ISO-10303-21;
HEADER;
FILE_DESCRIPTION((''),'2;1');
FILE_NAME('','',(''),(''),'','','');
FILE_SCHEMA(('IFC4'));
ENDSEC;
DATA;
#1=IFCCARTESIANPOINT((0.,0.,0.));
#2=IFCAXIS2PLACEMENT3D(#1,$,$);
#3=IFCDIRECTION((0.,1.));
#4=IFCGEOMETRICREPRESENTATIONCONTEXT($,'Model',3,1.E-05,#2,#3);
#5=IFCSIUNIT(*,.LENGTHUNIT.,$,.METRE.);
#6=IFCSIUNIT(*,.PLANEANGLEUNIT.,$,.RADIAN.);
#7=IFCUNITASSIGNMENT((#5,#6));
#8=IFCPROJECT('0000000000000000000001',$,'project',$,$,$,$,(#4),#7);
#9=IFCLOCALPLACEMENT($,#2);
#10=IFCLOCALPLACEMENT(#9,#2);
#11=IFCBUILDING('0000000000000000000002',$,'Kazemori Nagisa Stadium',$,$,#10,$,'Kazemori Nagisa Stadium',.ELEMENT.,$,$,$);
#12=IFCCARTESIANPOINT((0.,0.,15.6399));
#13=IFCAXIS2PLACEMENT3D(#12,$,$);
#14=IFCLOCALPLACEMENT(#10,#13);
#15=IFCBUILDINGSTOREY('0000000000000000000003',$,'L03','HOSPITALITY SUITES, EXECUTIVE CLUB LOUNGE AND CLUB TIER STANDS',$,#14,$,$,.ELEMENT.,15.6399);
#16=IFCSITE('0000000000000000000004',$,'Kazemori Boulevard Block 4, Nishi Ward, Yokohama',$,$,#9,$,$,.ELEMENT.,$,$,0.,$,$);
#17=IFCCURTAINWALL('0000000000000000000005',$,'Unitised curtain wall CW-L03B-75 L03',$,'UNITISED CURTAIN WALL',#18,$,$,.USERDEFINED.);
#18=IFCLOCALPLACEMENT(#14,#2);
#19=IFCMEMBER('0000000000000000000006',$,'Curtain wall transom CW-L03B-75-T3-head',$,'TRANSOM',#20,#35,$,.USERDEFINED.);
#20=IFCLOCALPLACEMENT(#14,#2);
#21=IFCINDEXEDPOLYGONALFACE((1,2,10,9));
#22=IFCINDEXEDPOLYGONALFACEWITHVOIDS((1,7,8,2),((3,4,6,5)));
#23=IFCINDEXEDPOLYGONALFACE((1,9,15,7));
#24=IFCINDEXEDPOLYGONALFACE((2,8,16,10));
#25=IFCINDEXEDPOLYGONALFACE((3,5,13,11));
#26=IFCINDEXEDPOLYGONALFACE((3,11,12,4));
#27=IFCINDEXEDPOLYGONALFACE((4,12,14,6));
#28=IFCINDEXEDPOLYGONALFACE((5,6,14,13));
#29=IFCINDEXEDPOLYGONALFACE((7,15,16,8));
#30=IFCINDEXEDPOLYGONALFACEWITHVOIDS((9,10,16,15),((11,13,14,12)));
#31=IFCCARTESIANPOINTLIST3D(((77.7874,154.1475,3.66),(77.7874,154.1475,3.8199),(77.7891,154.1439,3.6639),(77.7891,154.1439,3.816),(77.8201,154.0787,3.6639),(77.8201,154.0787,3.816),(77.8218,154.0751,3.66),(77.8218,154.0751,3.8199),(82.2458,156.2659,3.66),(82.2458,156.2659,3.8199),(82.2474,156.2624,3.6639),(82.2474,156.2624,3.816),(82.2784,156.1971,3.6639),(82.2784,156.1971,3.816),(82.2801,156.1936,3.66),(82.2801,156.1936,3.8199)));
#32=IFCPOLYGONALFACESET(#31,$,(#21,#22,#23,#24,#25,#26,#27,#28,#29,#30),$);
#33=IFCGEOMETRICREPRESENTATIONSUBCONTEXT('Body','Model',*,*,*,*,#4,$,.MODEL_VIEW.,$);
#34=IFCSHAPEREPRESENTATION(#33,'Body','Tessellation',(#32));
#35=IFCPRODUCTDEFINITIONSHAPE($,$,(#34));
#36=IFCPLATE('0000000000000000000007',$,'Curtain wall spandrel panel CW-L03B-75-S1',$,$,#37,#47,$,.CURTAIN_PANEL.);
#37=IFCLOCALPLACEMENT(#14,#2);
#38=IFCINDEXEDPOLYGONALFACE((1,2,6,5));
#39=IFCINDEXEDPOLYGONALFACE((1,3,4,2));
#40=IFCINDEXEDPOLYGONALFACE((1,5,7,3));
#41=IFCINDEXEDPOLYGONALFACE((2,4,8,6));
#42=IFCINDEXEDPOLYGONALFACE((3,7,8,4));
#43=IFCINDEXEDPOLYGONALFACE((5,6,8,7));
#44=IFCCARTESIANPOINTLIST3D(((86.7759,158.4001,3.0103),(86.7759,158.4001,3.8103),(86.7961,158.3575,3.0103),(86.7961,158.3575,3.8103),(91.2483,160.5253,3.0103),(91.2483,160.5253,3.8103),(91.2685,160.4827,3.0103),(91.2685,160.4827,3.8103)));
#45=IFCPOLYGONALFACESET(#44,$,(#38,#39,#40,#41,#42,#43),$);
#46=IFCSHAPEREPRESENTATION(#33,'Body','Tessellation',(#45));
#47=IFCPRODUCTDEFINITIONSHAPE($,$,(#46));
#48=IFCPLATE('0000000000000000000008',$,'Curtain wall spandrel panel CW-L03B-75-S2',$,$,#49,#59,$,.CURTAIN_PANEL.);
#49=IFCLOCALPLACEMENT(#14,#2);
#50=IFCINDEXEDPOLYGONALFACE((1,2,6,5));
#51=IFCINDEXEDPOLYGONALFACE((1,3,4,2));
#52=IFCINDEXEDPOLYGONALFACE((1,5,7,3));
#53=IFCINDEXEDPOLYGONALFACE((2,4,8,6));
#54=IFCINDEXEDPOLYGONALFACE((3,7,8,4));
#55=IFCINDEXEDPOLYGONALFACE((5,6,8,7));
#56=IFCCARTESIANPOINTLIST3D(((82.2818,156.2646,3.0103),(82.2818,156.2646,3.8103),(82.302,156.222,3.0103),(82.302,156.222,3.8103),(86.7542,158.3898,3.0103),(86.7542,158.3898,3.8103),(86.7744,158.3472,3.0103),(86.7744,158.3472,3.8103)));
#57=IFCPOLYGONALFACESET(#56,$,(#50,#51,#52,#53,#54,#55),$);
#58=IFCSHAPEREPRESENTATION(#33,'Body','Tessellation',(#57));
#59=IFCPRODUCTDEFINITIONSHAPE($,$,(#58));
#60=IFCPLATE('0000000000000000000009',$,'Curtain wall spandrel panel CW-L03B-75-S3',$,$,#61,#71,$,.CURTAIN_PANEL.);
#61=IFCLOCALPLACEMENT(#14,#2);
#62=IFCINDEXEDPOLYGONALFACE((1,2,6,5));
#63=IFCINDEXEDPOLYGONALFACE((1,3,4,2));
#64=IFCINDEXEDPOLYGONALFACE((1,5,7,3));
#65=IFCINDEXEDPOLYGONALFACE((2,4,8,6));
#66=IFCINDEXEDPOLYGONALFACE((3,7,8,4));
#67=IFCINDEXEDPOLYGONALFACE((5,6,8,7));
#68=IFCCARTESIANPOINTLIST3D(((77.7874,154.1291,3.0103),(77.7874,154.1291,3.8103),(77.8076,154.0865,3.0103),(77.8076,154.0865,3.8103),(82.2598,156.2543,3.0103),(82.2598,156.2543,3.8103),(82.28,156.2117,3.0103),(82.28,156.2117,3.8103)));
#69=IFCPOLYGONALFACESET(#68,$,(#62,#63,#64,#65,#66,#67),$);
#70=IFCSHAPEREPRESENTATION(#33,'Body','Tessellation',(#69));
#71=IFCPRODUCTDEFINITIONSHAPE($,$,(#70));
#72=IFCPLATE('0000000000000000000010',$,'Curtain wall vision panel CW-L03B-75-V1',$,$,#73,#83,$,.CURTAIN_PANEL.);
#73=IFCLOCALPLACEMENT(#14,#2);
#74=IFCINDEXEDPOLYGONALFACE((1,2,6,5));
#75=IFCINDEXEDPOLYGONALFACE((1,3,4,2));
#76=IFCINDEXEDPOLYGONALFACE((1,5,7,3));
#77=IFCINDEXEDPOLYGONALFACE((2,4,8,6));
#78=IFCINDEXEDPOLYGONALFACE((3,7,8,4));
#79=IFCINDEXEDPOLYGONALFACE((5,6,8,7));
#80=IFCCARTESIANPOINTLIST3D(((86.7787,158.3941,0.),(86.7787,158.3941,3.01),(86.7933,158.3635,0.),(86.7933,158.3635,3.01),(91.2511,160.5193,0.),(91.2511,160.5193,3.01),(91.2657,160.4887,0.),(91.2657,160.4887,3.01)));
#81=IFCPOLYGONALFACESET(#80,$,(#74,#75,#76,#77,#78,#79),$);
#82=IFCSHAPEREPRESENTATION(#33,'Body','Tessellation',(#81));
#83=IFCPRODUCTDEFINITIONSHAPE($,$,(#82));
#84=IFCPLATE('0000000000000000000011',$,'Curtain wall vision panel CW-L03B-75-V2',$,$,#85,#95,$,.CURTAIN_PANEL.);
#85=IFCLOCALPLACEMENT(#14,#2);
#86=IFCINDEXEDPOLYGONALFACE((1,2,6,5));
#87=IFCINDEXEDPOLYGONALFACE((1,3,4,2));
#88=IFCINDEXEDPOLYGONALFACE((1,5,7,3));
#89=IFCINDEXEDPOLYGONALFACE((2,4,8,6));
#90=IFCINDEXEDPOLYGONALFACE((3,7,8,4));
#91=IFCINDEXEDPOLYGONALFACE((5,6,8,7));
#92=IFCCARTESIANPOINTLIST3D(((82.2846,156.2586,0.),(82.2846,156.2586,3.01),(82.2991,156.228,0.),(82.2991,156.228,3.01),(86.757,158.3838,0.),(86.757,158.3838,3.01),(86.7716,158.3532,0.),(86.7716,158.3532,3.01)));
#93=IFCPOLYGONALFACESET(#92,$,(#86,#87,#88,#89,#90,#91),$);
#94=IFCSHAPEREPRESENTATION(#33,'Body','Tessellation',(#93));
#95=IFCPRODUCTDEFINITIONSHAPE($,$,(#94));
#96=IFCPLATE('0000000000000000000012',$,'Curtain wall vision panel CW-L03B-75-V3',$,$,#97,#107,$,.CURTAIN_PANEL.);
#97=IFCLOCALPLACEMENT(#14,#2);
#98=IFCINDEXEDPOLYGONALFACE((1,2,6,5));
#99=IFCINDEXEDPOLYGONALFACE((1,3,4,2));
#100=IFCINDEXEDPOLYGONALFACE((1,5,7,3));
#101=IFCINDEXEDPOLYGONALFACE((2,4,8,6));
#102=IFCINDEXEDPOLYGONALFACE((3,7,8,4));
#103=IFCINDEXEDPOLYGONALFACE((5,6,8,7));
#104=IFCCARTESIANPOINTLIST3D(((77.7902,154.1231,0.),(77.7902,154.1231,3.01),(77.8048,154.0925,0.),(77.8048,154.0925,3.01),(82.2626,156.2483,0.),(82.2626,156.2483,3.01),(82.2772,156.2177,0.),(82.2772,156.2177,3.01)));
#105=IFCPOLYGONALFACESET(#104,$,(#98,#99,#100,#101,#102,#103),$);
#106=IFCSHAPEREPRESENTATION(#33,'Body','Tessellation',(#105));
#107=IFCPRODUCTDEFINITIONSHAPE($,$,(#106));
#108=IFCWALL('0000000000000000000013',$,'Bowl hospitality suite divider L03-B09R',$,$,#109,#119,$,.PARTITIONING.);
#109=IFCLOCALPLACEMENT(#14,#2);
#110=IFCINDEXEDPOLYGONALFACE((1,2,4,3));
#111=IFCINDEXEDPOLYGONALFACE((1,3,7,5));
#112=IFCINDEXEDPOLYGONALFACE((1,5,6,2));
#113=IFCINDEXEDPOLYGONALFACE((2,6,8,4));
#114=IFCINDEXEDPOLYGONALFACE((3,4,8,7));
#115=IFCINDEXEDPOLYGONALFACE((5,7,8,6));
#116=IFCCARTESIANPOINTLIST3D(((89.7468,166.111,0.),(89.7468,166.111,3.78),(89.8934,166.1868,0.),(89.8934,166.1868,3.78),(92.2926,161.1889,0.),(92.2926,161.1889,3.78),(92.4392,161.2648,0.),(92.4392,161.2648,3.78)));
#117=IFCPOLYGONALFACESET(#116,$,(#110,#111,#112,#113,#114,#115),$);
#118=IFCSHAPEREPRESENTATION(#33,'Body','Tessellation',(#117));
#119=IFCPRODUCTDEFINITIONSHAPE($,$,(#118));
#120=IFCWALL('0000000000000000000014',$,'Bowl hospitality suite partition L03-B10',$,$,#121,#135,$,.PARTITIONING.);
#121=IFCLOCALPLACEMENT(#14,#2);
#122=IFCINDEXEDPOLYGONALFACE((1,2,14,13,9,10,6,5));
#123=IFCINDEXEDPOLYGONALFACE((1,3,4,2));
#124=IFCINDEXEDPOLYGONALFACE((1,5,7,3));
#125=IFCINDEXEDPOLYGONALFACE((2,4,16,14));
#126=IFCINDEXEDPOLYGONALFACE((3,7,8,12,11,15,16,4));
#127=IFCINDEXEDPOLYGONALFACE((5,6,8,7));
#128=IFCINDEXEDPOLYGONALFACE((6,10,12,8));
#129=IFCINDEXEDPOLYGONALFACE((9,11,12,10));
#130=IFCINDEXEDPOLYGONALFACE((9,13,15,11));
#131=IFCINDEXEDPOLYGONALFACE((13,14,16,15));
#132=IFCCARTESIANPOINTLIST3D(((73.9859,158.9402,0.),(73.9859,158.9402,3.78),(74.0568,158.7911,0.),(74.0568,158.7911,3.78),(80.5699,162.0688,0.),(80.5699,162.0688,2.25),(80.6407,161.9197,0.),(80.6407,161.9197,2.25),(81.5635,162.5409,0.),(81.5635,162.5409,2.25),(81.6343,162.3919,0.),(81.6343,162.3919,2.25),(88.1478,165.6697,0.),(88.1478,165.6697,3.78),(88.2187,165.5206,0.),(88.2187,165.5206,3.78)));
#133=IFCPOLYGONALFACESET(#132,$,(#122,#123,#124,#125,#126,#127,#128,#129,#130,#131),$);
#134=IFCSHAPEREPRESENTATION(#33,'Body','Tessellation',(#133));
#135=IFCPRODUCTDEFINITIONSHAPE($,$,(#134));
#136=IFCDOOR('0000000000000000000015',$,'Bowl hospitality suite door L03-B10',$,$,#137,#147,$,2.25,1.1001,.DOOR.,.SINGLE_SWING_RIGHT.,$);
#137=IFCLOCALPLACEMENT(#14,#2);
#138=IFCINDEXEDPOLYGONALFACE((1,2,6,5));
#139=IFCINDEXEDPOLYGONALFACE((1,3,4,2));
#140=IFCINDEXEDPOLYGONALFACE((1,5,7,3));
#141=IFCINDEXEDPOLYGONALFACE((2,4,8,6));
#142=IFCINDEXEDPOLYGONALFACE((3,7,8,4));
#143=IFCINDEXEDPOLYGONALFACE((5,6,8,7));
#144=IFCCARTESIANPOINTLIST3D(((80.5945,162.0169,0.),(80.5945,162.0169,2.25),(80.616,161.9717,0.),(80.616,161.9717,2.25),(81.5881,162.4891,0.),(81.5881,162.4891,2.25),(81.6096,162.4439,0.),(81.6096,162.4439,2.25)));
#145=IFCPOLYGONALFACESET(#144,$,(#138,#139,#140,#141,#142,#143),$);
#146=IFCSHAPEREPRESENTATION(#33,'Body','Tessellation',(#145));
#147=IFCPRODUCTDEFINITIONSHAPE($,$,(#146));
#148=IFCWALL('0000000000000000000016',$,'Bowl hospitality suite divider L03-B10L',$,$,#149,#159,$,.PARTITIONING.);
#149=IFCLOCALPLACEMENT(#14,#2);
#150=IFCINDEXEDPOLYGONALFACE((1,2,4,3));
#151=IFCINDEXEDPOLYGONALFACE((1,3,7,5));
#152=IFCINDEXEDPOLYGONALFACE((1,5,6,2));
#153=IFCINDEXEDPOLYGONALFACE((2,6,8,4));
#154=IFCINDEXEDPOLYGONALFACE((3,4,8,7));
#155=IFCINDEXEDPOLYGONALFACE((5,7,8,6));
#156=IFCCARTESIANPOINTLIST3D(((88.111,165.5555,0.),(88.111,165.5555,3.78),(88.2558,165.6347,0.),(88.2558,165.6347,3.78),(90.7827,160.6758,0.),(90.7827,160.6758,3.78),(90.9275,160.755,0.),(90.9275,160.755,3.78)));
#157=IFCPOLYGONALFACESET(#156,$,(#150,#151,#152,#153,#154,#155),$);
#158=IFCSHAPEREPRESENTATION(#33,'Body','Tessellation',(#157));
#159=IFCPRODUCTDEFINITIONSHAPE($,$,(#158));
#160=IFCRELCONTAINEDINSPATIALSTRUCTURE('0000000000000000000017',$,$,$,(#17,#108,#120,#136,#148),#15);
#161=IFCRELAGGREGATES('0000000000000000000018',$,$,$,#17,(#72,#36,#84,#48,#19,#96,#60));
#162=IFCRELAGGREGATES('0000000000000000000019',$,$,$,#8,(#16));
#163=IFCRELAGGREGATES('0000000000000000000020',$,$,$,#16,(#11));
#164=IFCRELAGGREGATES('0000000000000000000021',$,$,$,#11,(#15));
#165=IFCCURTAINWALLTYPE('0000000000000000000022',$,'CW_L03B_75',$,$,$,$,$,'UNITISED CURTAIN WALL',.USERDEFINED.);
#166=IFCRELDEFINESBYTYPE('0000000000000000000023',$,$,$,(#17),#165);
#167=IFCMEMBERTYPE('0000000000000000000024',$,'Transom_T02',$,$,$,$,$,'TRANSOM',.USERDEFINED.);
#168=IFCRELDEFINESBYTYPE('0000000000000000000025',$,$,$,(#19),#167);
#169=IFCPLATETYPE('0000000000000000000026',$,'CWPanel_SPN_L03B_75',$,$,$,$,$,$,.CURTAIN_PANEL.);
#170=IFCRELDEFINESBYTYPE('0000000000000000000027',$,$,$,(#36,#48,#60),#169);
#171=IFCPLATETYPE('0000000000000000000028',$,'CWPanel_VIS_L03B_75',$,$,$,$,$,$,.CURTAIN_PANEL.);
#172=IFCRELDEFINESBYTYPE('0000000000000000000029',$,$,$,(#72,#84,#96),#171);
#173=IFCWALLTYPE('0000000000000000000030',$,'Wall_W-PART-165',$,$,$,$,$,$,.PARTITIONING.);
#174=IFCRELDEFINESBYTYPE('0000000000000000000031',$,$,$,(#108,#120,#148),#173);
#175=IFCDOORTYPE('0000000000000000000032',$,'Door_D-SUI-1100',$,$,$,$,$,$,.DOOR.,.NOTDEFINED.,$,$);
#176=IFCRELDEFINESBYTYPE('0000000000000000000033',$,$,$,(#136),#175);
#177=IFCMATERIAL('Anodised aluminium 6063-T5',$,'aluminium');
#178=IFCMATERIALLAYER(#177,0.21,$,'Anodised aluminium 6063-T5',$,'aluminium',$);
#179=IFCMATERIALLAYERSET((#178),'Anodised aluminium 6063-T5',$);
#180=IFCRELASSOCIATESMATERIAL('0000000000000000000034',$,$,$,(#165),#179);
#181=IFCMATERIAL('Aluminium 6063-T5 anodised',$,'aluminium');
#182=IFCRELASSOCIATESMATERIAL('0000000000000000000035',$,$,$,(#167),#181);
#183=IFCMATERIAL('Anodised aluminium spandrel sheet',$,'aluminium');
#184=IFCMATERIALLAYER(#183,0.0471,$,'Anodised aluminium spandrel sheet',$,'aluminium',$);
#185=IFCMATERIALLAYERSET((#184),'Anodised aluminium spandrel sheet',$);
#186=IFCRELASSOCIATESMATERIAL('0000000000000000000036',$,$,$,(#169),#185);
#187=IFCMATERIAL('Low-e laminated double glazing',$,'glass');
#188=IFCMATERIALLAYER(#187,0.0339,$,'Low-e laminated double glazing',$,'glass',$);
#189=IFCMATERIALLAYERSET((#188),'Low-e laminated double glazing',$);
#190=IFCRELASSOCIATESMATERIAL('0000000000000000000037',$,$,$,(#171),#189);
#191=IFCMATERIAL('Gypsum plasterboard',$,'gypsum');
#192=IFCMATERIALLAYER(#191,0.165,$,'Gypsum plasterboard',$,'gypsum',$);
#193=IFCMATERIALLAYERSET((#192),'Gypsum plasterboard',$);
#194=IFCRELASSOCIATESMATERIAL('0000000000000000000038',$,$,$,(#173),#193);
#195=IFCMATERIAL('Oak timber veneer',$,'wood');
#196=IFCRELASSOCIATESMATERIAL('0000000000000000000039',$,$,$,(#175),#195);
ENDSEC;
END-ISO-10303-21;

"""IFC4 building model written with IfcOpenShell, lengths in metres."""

from ifc_helpers import new_model, si_unit, direction, frame, frame_2d, origin, origin_2d, place, context, subcontext, project, spatial, rectangle, hollow_rectangle, extrude, material, layer, layer_set, material_profile, profile_set, type_object, element, fill, aggregate, save


model = new_model("IFC4")

# Units and contexts
model_context = context("Model", 3, precision=1e-05, world=origin(), true_north=direction((0.0, 1.0)))
body_context = subcontext(model_context, "Body", "Model", "MODEL_VIEW")
ifc_project = project(units=[si_unit("LENGTHUNIT", "METRE"), si_unit("PLANEANGLEUNIT", "RADIAN")], contexts=[model_context])

# Site, building, storey
site_placement = place(None, origin())
site = spatial("IfcSite", under=ifc_project, at=site_placement, Name="Kazemori Boulevard Block 4, Nishi Ward, Yokohama", CompositionType="ELEMENT", RefElevation=0.0)
building_placement = place(site_placement, origin())
building = spatial("IfcBuilding", under=site, at=building_placement, Name="Kazemori Nagisa Stadium", LongName="Kazemori Nagisa Stadium", CompositionType="ELEMENT")
storey_placement = place(building_placement, frame((0.0, 0.0, 15.6399)))
storey = spatial("IfcBuildingStorey", under=building, at=storey_placement, Name="L03", Description="HOSPITALITY SUITES, EXECUTIVE CLUB LOUNGE AND CLUB TIER STANDS", CompositionType="ELEMENT", Elevation=15.6399)

# Curtain wall, member, plates
ifc_material_1 = material(Name="Anodised aluminium 6063-T5", Category="aluminium")
ifc_layer_1 = layer(ifc_material_1, 0.21, Name="Anodised aluminium 6063-T5", Category="aluminium")
ifc_layer_set_1 = layer_set([ifc_layer_1], Name="Anodised aluminium 6063-T5")
curtain_wall_type = type_object("IfcCurtainWallType", Name="CW_L03B_75", ElementType="UNITISED CURTAIN WALL", PredefinedType="USERDEFINED", material=ifc_layer_set_1)
curtain_wall_placement = place(storey_placement, origin())
curtain_wall = element("IfcCurtainWall", 1, at=curtain_wall_placement, inside=storey, type_object=curtain_wall_type, Name="Unitised curtain wall CW-L03B-75 L03", ObjectType="UNITISED CURTAIN WALL", PredefinedType="USERDEFINED")
ifc_material_2 = material(Name="Aluminium 6063-T5 anodised", Category="aluminium")
ifc_material_profile_1 = material_profile(ifc_material_2, hollow_rectangle(XDim=0.0801, YDim=0.1599, WallThickness=0.0039, at=origin_2d()), Name="ALU-TRAN-80x160x4")
ifc_profile_set_1 = profile_set([ifc_material_profile_1], Name="Aluminium 6063-T5 anodised")
member_type_1 = type_object("IfcMemberType", Name="Transom_T02", ElementType="TRANSOM", PredefinedType="USERDEFINED", material=ifc_profile_set_1)
member_1_placement = place(storey_placement, frame((82.2629, 156.2297, 3.74), z_axis=(-0.90322, -0.429179, 0.0), x_axis=(0.429179, -0.90322, 0.0)))
member_1 = element("IfcMember", 2, at=member_1_placement, type_object=member_type_1, Name="Curtain wall transom CW-L03B-75-T3-head", ObjectType="TRANSOM", PredefinedType="USERDEFINED", context=body_context, shape_type="SweptSolid", body=[
    extrude(hollow_rectangle(XDim=0.0801, YDim=0.1599, WallThickness=0.0039, at=origin_2d()), origin(), (0.0, 0.0, 1.0), 4.936),
])
ifc_material_3 = material(Name="Anodised aluminium spandrel sheet", Category="aluminium")
ifc_layer_2 = layer(ifc_material_3, 0.0471, Name="Anodised aluminium spandrel sheet", Category="aluminium")
ifc_layer_set_2 = layer_set([ifc_layer_2], Name="Anodised aluminium spandrel sheet")
plate_type_1 = type_object("IfcPlateType", Name="CWPanel_SPN_L03B_75", PredefinedType="CURTAIN_PANEL", material=ifc_layer_set_2)
plate_1_placement = place(storey_placement, frame((89.0222, 159.4414, 3.0103), z_axis=(0.0, 0.0, 1.0), x_axis=(-0.903216, -0.429186, 0.0)))
plate_1 = element("IfcPlate", 3, at=plate_1_placement, type_object=plate_type_1, Name="Curtain wall spandrel panel CW-L03B-75-S1", PredefinedType="CURTAIN_PANEL", context=body_context, shape_type="SweptSolid", body=[
    extrude(rectangle(XDim=4.9517, YDim=0.0471, at=origin_2d()), origin(), (0.0, 0.0, 1.0), 0.8),
])
plate_2_placement = place(storey_placement, frame((84.5281, 157.3059, 3.0103), z_axis=(0.0, 0.0, 1.0), x_axis=(-0.903216, -0.429186, 0.0)))
plate_2 = element("IfcPlate", 4, at=plate_2_placement, type_object=plate_type_1, Name="Curtain wall spandrel panel CW-L03B-75-S2", PredefinedType="CURTAIN_PANEL", context=body_context, shape_type="SweptSolid", body=[
    extrude(rectangle(XDim=4.9517, YDim=0.0471, at=origin_2d()), origin(), (0.0, 0.0, 1.0), 0.8),
])
plate_3_placement = place(storey_placement, frame((80.0337, 155.1704, 3.0103), z_axis=(0.0, 0.0, 1.0), x_axis=(-0.903216, -0.429186, 0.0)))
plate_3 = element("IfcPlate", 5, at=plate_3_placement, type_object=plate_type_1, Name="Curtain wall spandrel panel CW-L03B-75-S3", PredefinedType="CURTAIN_PANEL", context=body_context, shape_type="SweptSolid", body=[
    extrude(rectangle(XDim=4.9517, YDim=0.0471, at=origin_2d()), origin(), (0.0, 0.0, 1.0), 0.8),
])
ifc_material_4 = material(Name="Low-e laminated double glazing", Category="glass")
ifc_layer_3 = layer(ifc_material_4, 0.0339, Name="Low-e laminated double glazing", Category="glass")
ifc_layer_set_3 = layer_set([ifc_layer_3], Name="Low-e laminated double glazing")
plate_type_2 = type_object("IfcPlateType", Name="CWPanel_VIS_L03B_75", PredefinedType="CURTAIN_PANEL", material=ifc_layer_set_3)
plate_4_placement = place(storey_placement, frame((89.0222, 159.4414, 0.0), z_axis=(0.0, 0.0, 1.0), x_axis=(-0.903216, -0.429186, 0.0)))
plate_4 = element("IfcPlate", 6, at=plate_4_placement, type_object=plate_type_2, Name="Curtain wall vision panel CW-L03B-75-V1", PredefinedType="CURTAIN_PANEL", context=body_context, shape_type="SweptSolid", body=[
    extrude(rectangle(XDim=4.9517, YDim=0.0339, at=origin_2d()), origin(), (0.0, 0.0, 1.0), 3.01),
])
plate_5_placement = place(storey_placement, frame((84.5281, 157.3059, 0.0), z_axis=(0.0, 0.0, 1.0), x_axis=(-0.903216, -0.429186, 0.0)))
plate_5 = element("IfcPlate", 7, at=plate_5_placement, type_object=plate_type_2, Name="Curtain wall vision panel CW-L03B-75-V2", PredefinedType="CURTAIN_PANEL", context=body_context, shape_type="SweptSolid", body=[
    extrude(rectangle(XDim=4.9517, YDim=0.0339, at=origin_2d()), origin(), (0.0, 0.0, 1.0), 3.01),
])
plate_6_placement = place(storey_placement, frame((80.0337, 155.1704, 0.0), z_axis=(0.0, 0.0, 1.0), x_axis=(-0.903216, -0.429186, 0.0)))
plate_6 = element("IfcPlate", 8, at=plate_6_placement, type_object=plate_type_2, Name="Curtain wall vision panel CW-L03B-75-V3", PredefinedType="CURTAIN_PANEL", context=body_context, shape_type="SweptSolid", body=[
    extrude(rectangle(XDim=4.9517, YDim=0.0339, at=origin_2d()), origin(), (0.0, 0.0, 1.0), 3.01),
])
aggregate(curtain_wall, [plate_4, plate_1, plate_5, plate_2, member_1, plate_6, plate_3])

# Wall
ifc_material_5 = material(Name="Gypsum plasterboard", Category="gypsum")
ifc_layer_4 = layer(ifc_material_5, 0.165, Name="Gypsum plasterboard", Category="gypsum")
ifc_layer_set_4 = layer_set([ifc_layer_4], Name="Gypsum plasterboard")
wall_type = type_object("IfcWallType", Name="Wall_W-PART-165", PredefinedType="PARTITIONING", material=ifc_layer_set_4)
wall_1_placement = place(storey_placement, frame((89.8201, 166.1489, 0.0), z_axis=(0.0, 0.0, 1.0), x_axis=(0.459419, -0.88822, 0.0)))
element("IfcWall", 9, at=wall_1_placement, inside=storey, type_object=wall_type, Name="Bowl hospitality suite divider L03-B09R", PredefinedType="PARTITIONING", context=body_context, shape_type="SweptSolid", body=[
    extrude(rectangle(XDim=5.5415, YDim=0.165, at=frame_2d((2.7708, 0.0))), origin(), (0.0, 0.0, 1.0), 3.78),
])

# Wall, opening, door
wall_2_placement = place(storey_placement, frame((88.1833, 165.5952, 0.0), z_axis=(0.0, 0.0, 1.0), x_axis=(-0.903213, -0.429192, 0.0)))
wall_2 = element("IfcWall", 10, at=wall_2_placement, inside=storey, type_object=wall_type, Name="Bowl hospitality suite partition L03-B10", PredefinedType="PARTITIONING", context=body_context, shape_type="SweptSolid", body=[
    extrude(rectangle(XDim=15.6794, YDim=0.165, at=frame_2d((7.8398, 0.0))), origin(), (0.0, 0.0, 1.0), 3.78),
])
opening_placement = place(wall_2_placement, frame((7.29, 0.0, 0.0)))
opening = element("IfcOpeningElement", 11, at=opening_placement, cuts=wall_2, PredefinedType="OPENING", context=body_context, shape_type="SweptSolid", body=[
    extrude(rectangle(XDim=1.1001, YDim=2.25, at=frame_2d((0.55, 1.125))), frame((0.0, 0.0925, 0.0), z_axis=(0.0, -1.0, 0.0), x_axis=(1.0, 0.0, 0.0)), (0.0, 0.0, 1.0), 0.1851),
])
ifc_material_6 = material(Name="Oak timber veneer", Category="wood")
door_type = type_object("IfcDoorType", Name="Door_D-SUI-1100", OperationType="NOTDEFINED", PredefinedType="DOOR", material=ifc_material_6)
door_placement = place(opening_placement, origin())
door = element("IfcDoor", 12, at=door_placement, inside=storey, type_object=door_type, Name="Bowl hospitality suite door L03-B10", OperationType="SINGLE_SWING_RIGHT", OverallHeight=2.25, OverallWidth=1.1001, PredefinedType="DOOR", context=body_context, shape_type="SweptSolid", body=[
    extrude(rectangle(XDim=1.1001, YDim=2.25, at=frame_2d((0.55, 1.125))), frame((0.0, 0.0249, 0.0), z_axis=(0.0, -1.0, 0.0), x_axis=(1.0, 0.0, 0.0)), (0.0, 0.0, 1.0), 0.05),
])
fill(opening, door)

# Wall
wall_3_placement = place(storey_placement, frame((88.1833, 165.5952, 0.0), z_axis=(0.0, 0.0, 1.0), x_axis=(0.480238, -0.877138, 0.0)))
element("IfcWall", 13, at=wall_3_placement, inside=storey, type_object=wall_type, Name="Bowl hospitality suite divider L03-B10L", PredefinedType="PARTITIONING", context=body_context, shape_type="SweptSolid", body=[
    extrude(rectangle(XDim=5.5632, YDim=0.165, at=frame_2d((2.7817, 0.0))), origin(), (0.0, 0.0, 1.0), 3.78),
])

save(model, "model.ifc")
